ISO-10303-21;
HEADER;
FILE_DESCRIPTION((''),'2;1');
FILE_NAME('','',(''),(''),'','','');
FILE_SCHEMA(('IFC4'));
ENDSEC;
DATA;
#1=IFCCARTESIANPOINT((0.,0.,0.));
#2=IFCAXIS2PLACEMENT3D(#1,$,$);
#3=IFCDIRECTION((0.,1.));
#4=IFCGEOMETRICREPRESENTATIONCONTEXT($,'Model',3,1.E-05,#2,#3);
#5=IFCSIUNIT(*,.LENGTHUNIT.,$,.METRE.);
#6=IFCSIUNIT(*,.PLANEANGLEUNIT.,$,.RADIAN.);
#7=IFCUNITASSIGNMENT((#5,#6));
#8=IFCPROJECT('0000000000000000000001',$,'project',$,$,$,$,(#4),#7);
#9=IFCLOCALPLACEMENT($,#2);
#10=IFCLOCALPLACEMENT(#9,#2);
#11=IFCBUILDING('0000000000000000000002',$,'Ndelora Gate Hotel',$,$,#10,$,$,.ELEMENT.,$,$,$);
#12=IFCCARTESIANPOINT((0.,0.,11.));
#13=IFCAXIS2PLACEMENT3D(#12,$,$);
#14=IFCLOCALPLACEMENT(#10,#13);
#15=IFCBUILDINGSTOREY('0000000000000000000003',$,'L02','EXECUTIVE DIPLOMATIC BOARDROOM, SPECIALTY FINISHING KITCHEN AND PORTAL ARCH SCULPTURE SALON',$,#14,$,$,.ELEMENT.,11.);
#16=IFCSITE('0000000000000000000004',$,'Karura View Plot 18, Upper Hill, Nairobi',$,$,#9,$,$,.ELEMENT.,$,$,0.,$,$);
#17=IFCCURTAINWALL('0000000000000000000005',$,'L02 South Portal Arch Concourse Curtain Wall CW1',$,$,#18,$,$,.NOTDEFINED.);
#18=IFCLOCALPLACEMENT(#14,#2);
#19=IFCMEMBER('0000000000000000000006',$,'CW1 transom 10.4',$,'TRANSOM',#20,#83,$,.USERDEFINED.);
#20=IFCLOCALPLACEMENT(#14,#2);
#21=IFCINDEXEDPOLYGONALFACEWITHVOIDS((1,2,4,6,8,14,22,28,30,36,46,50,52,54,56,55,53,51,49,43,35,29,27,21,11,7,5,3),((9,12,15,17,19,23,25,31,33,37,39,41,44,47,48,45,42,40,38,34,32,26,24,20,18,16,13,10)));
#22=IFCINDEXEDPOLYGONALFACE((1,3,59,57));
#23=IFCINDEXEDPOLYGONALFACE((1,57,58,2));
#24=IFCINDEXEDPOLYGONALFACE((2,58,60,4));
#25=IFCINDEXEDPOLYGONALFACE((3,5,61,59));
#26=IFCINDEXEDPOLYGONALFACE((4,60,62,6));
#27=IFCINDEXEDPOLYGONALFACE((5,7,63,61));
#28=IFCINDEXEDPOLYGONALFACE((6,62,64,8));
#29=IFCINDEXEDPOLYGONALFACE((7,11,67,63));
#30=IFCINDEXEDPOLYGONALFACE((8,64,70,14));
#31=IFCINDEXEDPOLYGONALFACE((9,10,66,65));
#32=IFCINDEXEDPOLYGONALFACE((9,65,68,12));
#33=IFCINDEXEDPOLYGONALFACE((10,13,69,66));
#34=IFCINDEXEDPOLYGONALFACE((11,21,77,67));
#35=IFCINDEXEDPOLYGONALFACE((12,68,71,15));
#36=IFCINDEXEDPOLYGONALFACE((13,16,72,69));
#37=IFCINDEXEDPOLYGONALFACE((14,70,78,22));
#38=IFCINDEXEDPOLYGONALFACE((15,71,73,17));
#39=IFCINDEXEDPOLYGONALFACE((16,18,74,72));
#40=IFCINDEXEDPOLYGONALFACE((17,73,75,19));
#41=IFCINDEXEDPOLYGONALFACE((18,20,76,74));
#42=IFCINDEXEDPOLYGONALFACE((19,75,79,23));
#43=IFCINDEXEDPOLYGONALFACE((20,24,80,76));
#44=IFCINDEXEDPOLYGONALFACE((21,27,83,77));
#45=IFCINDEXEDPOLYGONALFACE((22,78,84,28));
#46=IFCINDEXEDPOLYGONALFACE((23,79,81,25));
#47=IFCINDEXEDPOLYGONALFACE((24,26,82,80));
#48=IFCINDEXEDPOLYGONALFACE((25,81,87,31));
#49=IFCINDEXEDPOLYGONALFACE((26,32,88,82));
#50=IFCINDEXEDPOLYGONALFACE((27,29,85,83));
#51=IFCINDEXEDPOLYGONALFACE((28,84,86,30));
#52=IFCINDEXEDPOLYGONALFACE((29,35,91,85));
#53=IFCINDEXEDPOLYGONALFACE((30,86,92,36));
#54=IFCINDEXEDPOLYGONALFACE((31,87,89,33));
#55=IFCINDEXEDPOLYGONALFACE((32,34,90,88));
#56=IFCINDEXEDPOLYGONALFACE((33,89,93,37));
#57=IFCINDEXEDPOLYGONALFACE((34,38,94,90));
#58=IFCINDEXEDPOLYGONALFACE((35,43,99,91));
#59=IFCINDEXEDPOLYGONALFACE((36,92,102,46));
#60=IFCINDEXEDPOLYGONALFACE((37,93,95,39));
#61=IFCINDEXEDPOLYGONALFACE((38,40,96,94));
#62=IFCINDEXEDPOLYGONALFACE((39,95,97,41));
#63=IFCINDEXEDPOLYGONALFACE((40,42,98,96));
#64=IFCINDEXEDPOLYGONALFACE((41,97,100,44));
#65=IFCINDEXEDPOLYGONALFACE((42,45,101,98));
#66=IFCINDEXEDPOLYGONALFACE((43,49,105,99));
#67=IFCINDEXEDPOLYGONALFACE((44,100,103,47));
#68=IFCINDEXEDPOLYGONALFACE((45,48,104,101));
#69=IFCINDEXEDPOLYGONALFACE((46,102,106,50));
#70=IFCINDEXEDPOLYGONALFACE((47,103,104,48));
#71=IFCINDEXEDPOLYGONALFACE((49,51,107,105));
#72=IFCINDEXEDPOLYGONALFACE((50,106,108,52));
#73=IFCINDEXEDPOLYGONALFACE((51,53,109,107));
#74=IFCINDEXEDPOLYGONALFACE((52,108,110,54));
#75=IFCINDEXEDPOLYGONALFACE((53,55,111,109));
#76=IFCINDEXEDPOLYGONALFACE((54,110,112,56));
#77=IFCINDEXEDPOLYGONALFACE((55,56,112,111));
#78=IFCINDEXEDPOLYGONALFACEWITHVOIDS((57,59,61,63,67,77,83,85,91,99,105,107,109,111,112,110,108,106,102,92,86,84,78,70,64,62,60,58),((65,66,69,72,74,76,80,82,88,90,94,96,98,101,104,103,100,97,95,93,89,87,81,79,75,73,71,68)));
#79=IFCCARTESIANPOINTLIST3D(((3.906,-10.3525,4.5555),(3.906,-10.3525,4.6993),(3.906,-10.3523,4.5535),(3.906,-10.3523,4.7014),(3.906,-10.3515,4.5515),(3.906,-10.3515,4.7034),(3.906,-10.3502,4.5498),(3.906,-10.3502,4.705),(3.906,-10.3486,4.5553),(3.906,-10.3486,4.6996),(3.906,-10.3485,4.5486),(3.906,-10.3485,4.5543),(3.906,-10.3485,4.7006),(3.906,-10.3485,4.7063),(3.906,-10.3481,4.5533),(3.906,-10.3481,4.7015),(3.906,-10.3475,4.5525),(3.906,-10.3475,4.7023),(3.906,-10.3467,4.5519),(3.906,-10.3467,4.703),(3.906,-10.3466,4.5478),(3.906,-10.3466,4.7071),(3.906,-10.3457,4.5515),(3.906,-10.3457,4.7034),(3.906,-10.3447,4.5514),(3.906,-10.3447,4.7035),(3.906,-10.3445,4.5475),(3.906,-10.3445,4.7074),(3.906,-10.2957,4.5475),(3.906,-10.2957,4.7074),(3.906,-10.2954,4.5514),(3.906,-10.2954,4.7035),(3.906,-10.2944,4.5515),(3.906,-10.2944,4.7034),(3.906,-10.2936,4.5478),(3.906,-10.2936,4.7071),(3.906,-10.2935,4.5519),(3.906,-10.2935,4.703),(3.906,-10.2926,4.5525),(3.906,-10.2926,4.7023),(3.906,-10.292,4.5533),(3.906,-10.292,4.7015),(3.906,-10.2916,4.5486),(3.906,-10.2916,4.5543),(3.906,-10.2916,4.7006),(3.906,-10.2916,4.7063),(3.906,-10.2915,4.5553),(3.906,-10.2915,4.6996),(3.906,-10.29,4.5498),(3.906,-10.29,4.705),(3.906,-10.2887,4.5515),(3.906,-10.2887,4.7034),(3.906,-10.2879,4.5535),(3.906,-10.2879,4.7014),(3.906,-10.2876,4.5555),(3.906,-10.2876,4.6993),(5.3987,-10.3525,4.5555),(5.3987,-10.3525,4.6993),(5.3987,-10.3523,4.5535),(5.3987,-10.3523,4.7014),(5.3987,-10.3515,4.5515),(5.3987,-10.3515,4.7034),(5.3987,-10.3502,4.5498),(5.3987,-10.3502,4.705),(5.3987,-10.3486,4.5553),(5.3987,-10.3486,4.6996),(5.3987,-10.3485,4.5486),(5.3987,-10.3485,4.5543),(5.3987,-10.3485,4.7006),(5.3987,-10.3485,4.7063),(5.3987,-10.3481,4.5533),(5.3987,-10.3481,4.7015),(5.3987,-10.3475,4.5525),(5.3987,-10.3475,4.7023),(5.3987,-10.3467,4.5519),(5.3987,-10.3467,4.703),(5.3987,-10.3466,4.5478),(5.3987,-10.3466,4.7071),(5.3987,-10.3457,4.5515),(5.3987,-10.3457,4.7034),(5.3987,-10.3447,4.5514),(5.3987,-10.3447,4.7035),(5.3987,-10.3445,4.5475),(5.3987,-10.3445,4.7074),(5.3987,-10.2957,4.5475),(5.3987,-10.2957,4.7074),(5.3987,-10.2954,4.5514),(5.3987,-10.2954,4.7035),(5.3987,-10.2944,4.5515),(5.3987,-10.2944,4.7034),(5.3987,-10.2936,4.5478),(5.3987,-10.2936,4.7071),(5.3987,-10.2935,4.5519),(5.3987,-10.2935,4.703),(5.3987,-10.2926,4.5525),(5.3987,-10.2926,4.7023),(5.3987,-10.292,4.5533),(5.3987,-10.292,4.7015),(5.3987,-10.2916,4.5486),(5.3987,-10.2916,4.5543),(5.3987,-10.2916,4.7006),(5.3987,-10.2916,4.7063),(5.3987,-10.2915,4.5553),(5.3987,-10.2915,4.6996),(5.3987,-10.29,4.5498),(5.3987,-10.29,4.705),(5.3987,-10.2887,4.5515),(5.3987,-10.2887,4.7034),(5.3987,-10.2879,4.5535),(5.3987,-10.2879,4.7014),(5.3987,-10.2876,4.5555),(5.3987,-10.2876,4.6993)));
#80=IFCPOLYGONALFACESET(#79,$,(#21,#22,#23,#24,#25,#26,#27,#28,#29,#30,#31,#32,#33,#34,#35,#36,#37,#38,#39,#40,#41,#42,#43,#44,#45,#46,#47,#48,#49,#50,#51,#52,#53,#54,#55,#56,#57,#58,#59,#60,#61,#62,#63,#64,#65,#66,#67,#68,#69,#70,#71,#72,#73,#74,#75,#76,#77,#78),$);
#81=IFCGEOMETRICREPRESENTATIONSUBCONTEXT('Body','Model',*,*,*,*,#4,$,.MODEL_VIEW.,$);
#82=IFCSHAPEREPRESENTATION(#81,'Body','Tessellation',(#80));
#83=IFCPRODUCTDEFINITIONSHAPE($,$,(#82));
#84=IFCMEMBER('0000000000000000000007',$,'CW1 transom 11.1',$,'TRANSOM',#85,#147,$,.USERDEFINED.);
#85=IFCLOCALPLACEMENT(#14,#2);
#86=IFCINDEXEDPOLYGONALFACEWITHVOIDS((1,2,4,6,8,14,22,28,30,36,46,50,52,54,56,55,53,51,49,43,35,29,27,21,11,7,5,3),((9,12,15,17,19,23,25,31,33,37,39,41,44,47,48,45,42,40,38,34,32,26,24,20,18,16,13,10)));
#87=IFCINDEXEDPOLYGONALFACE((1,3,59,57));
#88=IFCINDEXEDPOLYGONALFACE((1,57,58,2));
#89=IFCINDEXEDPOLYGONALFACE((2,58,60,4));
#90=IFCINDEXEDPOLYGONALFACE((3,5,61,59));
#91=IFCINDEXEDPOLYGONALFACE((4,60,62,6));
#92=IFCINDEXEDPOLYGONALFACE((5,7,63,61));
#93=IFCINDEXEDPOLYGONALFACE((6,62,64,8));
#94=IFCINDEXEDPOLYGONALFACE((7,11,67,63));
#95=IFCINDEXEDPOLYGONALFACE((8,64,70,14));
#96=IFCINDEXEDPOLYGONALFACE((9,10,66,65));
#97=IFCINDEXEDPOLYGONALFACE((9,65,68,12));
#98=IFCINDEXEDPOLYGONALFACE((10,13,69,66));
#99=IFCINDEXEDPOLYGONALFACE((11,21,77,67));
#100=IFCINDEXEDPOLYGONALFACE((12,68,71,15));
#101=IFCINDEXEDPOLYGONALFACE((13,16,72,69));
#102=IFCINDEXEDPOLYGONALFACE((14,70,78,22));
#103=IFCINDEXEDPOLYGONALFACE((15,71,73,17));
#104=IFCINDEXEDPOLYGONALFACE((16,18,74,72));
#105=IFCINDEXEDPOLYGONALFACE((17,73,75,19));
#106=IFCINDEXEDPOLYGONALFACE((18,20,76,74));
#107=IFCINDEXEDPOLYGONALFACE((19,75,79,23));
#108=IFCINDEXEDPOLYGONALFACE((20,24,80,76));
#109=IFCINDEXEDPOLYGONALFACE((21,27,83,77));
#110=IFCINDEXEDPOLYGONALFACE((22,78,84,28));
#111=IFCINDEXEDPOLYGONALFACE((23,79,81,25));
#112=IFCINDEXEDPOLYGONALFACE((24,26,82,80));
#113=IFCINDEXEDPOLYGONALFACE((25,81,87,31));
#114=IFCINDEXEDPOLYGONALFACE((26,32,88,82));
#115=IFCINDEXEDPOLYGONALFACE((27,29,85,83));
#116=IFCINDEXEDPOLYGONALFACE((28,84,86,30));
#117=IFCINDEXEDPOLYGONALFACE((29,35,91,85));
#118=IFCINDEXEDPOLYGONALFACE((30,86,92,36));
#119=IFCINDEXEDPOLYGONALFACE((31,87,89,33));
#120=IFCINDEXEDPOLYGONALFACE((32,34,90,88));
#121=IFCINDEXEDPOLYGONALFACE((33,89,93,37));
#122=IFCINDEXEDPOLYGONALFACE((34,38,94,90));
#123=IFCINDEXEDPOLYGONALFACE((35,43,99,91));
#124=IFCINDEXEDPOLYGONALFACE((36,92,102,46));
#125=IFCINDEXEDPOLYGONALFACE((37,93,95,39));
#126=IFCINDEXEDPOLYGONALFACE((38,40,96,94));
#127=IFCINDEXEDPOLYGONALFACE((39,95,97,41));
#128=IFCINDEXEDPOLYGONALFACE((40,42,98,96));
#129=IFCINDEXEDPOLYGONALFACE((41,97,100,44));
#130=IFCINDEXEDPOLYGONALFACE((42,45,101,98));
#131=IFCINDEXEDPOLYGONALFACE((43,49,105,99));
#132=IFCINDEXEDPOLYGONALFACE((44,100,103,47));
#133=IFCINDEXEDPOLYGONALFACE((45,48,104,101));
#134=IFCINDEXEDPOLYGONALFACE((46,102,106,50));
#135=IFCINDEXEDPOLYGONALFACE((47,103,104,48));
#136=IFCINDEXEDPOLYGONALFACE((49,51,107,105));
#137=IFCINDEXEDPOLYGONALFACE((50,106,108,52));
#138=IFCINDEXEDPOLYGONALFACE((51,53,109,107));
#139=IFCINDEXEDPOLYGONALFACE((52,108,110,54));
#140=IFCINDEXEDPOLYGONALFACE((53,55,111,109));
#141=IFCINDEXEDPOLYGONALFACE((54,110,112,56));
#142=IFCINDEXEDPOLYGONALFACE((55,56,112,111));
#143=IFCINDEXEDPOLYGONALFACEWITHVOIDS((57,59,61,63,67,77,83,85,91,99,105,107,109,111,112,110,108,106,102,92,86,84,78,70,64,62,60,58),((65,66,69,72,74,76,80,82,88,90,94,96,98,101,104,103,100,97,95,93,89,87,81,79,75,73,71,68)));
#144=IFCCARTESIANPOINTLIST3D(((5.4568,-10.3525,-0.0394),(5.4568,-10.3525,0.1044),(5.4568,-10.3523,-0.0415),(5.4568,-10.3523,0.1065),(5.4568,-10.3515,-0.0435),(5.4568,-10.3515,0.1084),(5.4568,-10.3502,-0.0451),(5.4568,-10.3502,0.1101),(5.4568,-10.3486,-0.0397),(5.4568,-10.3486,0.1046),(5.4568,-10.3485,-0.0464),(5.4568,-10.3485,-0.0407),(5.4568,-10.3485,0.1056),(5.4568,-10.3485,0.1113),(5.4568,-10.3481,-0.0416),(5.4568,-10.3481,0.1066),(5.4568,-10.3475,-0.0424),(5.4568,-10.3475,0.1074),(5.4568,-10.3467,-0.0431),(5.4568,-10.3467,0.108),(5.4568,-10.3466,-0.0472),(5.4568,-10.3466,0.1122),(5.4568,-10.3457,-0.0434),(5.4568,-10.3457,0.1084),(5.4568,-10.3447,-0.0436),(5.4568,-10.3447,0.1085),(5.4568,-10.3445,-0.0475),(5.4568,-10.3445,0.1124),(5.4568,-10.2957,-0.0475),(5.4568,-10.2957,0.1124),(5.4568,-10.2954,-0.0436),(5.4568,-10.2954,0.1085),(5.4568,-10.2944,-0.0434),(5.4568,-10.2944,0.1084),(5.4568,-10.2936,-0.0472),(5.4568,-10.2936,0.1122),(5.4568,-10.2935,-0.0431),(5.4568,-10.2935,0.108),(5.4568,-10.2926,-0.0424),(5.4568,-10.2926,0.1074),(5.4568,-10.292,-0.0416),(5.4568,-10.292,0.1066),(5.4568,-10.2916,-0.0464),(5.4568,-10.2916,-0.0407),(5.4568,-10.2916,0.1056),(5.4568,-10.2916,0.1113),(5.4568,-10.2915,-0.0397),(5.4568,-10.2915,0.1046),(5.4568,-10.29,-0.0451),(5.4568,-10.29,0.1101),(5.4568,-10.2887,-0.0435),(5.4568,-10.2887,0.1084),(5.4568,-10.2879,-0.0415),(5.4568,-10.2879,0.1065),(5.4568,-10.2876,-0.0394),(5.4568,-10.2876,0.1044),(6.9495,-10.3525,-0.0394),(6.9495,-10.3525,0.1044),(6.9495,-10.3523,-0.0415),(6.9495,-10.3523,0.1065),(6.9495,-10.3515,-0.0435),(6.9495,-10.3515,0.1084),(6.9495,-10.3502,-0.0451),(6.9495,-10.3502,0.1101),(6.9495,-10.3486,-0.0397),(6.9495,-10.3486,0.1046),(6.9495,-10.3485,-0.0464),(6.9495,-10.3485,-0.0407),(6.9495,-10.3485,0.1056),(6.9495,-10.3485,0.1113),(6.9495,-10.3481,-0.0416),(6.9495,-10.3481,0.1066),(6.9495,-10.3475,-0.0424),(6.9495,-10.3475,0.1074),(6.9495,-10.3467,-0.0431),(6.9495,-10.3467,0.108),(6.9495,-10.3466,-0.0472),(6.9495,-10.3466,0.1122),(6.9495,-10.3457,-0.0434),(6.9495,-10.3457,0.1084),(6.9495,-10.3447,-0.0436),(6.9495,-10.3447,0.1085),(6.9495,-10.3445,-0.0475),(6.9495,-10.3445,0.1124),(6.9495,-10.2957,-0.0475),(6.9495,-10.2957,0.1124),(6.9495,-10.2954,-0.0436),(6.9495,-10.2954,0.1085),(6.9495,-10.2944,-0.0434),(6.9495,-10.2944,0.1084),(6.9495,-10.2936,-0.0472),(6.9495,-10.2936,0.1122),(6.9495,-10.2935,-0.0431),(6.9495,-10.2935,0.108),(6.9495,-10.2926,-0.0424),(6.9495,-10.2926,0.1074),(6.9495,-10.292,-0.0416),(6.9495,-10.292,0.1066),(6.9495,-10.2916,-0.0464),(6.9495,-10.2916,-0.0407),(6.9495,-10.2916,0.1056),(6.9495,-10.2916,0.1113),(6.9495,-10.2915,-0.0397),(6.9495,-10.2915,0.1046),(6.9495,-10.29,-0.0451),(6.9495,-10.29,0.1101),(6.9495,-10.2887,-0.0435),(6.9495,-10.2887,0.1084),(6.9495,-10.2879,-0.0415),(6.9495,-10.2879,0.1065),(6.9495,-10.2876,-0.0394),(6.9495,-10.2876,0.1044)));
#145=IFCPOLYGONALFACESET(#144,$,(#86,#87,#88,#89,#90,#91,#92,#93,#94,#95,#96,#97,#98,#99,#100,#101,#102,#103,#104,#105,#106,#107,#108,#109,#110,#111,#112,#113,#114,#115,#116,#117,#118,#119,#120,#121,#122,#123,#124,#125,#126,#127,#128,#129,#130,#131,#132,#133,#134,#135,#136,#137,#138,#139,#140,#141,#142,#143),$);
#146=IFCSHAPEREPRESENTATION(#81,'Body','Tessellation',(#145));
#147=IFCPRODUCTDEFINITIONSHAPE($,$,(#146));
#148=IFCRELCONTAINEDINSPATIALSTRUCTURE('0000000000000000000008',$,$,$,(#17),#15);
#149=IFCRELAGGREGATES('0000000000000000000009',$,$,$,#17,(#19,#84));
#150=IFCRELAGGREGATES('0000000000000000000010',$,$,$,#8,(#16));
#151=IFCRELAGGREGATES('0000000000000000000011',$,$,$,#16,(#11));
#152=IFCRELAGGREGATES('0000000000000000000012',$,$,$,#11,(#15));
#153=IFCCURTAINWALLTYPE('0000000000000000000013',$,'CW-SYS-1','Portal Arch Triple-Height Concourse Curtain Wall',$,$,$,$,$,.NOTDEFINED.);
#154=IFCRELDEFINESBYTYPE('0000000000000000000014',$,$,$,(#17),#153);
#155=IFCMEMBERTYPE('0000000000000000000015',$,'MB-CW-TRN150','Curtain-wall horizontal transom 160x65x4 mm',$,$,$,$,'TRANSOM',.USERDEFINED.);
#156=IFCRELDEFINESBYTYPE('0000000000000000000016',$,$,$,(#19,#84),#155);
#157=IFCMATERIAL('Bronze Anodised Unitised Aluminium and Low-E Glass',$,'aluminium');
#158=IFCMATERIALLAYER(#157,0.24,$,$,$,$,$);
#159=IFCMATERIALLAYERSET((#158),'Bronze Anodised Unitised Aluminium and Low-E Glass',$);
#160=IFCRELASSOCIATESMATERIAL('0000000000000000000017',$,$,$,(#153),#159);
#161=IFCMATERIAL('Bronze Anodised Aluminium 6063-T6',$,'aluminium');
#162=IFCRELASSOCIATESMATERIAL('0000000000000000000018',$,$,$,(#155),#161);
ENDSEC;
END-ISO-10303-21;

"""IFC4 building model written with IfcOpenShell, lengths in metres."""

from ifc_helpers import new_model, si_unit, direction, frame, origin, origin_2d, place, context, subcontext, project, spatial, hollow_rectangle, extrude, material, layer, layer_set, material_profile, profile_set, type_object, element, aggregate, save


model = new_model("IFC4")

# Units and contexts
model_context = context("Model", 3, precision=1e-05, world=origin(), true_north=direction((0.0, 1.0)))
body_context = subcontext(model_context, "Body", "Model", "MODEL_VIEW")
ifc_project = project(units=[si_unit("LENGTHUNIT", "METRE"), si_unit("PLANEANGLEUNIT", "RADIAN")], contexts=[model_context])

# Site, building, storey
site_placement = place(None, origin())
site = spatial("IfcSite", under=ifc_project, at=site_placement, Name="Karura View Plot 18, Upper Hill, Nairobi", CompositionType="ELEMENT", RefElevation=0.0)
building_placement = place(site_placement, origin())
building = spatial("IfcBuilding", under=site, at=building_placement, Name="Ndelora Gate Hotel", CompositionType="ELEMENT")
storey_placement = place(building_placement, frame((0.0, 0.0, 11.0)))
storey = spatial("IfcBuildingStorey", under=building, at=storey_placement, Name="L02", Description="EXECUTIVE DIPLOMATIC BOARDROOM, SPECIALTY FINISHING KITCHEN AND PORTAL ARCH SCULPTURE SALON", CompositionType="ELEMENT", Elevation=11.0)

# Curtain wall, members
ifc_material_1 = material(Name="Bronze Anodised Unitised Aluminium and Low-E Glass", Category="aluminium")
ifc_layer_1 = layer(ifc_material_1, 0.24)
ifc_layer_set_1 = layer_set([ifc_layer_1], Name="Bronze Anodised Unitised Aluminium and Low-E Glass")
curtain_wall_type = type_object("IfcCurtainWallType", Name="CW-SYS-1", Description="Portal Arch Triple-Height Concourse Curtain Wall", PredefinedType="NOTDEFINED", material=ifc_layer_set_1)
curtain_wall_placement = place(storey_placement, origin())
curtain_wall = element("IfcCurtainWall", 1, at=curtain_wall_placement, inside=storey, type_object=curtain_wall_type, Name="L02 South Portal Arch Concourse Curtain Wall CW1", PredefinedType="NOTDEFINED")
ifc_material_2 = material(Name="Bronze Anodised Aluminium 6063-T6", Category="aluminium")
ifc_material_profile_1 = material_profile(ifc_material_2, hollow_rectangle(XDim=0.0649, YDim=0.1599, WallThickness=0.0039, InnerFilletRadius=0.0039, OuterFilletRadius=0.0081, at=origin_2d()), Name="ALU 160x65x4")
ifc_profile_set_1 = profile_set([ifc_material_profile_1], Name="Bronze Anodised Aluminium 6063-T6")
member_type_1 = type_object("IfcMemberType", Name="MB-CW-TRN150", Description="Curtain-wall horizontal transom 160x65x4 mm", ElementType="TRANSOM", PredefinedType="USERDEFINED", material=ifc_profile_set_1)
member_1_placement = place(storey_placement, frame((3.906, -10.3201, 4.6274), z_axis=(1.0, 0.0, 0.0), x_axis=(0.0, 1.0, 0.0)))
member_1 = element("IfcMember", 2, at=member_1_placement, type_object=member_type_1, Name="CW1 transom 10.4", ObjectType="TRANSOM", PredefinedType="USERDEFINED", context=body_context, shape_type="SweptSolid", body=[
    extrude(hollow_rectangle(XDim=0.0649, YDim=0.1599, WallThickness=0.0039, InnerFilletRadius=0.0039, OuterFilletRadius=0.0081, at=origin_2d()), origin(), (0.0, 0.0, 1.0), 1.4927),
])
member_2_placement = place(storey_placement, frame((5.4568, -10.3201, 0.0325), z_axis=(1.0, 0.0, 0.0), x_axis=(0.0, 1.0, 0.0)))
member_2 = element("IfcMember", 3, at=member_2_placement, type_object=member_type_1, Name="CW1 transom 11.1", ObjectType="TRANSOM", PredefinedType="USERDEFINED", context=body_context, shape_type="SweptSolid", body=[
    extrude(hollow_rectangle(XDim=0.0649, YDim=0.1599, WallThickness=0.0039, InnerFilletRadius=0.0039, OuterFilletRadius=0.0081, at=origin_2d()), origin(), (0.0, 0.0, 1.0), 1.4927),
])
aggregate(curtain_wall, [member_1, member_2])

save(model, "model.ifc")
